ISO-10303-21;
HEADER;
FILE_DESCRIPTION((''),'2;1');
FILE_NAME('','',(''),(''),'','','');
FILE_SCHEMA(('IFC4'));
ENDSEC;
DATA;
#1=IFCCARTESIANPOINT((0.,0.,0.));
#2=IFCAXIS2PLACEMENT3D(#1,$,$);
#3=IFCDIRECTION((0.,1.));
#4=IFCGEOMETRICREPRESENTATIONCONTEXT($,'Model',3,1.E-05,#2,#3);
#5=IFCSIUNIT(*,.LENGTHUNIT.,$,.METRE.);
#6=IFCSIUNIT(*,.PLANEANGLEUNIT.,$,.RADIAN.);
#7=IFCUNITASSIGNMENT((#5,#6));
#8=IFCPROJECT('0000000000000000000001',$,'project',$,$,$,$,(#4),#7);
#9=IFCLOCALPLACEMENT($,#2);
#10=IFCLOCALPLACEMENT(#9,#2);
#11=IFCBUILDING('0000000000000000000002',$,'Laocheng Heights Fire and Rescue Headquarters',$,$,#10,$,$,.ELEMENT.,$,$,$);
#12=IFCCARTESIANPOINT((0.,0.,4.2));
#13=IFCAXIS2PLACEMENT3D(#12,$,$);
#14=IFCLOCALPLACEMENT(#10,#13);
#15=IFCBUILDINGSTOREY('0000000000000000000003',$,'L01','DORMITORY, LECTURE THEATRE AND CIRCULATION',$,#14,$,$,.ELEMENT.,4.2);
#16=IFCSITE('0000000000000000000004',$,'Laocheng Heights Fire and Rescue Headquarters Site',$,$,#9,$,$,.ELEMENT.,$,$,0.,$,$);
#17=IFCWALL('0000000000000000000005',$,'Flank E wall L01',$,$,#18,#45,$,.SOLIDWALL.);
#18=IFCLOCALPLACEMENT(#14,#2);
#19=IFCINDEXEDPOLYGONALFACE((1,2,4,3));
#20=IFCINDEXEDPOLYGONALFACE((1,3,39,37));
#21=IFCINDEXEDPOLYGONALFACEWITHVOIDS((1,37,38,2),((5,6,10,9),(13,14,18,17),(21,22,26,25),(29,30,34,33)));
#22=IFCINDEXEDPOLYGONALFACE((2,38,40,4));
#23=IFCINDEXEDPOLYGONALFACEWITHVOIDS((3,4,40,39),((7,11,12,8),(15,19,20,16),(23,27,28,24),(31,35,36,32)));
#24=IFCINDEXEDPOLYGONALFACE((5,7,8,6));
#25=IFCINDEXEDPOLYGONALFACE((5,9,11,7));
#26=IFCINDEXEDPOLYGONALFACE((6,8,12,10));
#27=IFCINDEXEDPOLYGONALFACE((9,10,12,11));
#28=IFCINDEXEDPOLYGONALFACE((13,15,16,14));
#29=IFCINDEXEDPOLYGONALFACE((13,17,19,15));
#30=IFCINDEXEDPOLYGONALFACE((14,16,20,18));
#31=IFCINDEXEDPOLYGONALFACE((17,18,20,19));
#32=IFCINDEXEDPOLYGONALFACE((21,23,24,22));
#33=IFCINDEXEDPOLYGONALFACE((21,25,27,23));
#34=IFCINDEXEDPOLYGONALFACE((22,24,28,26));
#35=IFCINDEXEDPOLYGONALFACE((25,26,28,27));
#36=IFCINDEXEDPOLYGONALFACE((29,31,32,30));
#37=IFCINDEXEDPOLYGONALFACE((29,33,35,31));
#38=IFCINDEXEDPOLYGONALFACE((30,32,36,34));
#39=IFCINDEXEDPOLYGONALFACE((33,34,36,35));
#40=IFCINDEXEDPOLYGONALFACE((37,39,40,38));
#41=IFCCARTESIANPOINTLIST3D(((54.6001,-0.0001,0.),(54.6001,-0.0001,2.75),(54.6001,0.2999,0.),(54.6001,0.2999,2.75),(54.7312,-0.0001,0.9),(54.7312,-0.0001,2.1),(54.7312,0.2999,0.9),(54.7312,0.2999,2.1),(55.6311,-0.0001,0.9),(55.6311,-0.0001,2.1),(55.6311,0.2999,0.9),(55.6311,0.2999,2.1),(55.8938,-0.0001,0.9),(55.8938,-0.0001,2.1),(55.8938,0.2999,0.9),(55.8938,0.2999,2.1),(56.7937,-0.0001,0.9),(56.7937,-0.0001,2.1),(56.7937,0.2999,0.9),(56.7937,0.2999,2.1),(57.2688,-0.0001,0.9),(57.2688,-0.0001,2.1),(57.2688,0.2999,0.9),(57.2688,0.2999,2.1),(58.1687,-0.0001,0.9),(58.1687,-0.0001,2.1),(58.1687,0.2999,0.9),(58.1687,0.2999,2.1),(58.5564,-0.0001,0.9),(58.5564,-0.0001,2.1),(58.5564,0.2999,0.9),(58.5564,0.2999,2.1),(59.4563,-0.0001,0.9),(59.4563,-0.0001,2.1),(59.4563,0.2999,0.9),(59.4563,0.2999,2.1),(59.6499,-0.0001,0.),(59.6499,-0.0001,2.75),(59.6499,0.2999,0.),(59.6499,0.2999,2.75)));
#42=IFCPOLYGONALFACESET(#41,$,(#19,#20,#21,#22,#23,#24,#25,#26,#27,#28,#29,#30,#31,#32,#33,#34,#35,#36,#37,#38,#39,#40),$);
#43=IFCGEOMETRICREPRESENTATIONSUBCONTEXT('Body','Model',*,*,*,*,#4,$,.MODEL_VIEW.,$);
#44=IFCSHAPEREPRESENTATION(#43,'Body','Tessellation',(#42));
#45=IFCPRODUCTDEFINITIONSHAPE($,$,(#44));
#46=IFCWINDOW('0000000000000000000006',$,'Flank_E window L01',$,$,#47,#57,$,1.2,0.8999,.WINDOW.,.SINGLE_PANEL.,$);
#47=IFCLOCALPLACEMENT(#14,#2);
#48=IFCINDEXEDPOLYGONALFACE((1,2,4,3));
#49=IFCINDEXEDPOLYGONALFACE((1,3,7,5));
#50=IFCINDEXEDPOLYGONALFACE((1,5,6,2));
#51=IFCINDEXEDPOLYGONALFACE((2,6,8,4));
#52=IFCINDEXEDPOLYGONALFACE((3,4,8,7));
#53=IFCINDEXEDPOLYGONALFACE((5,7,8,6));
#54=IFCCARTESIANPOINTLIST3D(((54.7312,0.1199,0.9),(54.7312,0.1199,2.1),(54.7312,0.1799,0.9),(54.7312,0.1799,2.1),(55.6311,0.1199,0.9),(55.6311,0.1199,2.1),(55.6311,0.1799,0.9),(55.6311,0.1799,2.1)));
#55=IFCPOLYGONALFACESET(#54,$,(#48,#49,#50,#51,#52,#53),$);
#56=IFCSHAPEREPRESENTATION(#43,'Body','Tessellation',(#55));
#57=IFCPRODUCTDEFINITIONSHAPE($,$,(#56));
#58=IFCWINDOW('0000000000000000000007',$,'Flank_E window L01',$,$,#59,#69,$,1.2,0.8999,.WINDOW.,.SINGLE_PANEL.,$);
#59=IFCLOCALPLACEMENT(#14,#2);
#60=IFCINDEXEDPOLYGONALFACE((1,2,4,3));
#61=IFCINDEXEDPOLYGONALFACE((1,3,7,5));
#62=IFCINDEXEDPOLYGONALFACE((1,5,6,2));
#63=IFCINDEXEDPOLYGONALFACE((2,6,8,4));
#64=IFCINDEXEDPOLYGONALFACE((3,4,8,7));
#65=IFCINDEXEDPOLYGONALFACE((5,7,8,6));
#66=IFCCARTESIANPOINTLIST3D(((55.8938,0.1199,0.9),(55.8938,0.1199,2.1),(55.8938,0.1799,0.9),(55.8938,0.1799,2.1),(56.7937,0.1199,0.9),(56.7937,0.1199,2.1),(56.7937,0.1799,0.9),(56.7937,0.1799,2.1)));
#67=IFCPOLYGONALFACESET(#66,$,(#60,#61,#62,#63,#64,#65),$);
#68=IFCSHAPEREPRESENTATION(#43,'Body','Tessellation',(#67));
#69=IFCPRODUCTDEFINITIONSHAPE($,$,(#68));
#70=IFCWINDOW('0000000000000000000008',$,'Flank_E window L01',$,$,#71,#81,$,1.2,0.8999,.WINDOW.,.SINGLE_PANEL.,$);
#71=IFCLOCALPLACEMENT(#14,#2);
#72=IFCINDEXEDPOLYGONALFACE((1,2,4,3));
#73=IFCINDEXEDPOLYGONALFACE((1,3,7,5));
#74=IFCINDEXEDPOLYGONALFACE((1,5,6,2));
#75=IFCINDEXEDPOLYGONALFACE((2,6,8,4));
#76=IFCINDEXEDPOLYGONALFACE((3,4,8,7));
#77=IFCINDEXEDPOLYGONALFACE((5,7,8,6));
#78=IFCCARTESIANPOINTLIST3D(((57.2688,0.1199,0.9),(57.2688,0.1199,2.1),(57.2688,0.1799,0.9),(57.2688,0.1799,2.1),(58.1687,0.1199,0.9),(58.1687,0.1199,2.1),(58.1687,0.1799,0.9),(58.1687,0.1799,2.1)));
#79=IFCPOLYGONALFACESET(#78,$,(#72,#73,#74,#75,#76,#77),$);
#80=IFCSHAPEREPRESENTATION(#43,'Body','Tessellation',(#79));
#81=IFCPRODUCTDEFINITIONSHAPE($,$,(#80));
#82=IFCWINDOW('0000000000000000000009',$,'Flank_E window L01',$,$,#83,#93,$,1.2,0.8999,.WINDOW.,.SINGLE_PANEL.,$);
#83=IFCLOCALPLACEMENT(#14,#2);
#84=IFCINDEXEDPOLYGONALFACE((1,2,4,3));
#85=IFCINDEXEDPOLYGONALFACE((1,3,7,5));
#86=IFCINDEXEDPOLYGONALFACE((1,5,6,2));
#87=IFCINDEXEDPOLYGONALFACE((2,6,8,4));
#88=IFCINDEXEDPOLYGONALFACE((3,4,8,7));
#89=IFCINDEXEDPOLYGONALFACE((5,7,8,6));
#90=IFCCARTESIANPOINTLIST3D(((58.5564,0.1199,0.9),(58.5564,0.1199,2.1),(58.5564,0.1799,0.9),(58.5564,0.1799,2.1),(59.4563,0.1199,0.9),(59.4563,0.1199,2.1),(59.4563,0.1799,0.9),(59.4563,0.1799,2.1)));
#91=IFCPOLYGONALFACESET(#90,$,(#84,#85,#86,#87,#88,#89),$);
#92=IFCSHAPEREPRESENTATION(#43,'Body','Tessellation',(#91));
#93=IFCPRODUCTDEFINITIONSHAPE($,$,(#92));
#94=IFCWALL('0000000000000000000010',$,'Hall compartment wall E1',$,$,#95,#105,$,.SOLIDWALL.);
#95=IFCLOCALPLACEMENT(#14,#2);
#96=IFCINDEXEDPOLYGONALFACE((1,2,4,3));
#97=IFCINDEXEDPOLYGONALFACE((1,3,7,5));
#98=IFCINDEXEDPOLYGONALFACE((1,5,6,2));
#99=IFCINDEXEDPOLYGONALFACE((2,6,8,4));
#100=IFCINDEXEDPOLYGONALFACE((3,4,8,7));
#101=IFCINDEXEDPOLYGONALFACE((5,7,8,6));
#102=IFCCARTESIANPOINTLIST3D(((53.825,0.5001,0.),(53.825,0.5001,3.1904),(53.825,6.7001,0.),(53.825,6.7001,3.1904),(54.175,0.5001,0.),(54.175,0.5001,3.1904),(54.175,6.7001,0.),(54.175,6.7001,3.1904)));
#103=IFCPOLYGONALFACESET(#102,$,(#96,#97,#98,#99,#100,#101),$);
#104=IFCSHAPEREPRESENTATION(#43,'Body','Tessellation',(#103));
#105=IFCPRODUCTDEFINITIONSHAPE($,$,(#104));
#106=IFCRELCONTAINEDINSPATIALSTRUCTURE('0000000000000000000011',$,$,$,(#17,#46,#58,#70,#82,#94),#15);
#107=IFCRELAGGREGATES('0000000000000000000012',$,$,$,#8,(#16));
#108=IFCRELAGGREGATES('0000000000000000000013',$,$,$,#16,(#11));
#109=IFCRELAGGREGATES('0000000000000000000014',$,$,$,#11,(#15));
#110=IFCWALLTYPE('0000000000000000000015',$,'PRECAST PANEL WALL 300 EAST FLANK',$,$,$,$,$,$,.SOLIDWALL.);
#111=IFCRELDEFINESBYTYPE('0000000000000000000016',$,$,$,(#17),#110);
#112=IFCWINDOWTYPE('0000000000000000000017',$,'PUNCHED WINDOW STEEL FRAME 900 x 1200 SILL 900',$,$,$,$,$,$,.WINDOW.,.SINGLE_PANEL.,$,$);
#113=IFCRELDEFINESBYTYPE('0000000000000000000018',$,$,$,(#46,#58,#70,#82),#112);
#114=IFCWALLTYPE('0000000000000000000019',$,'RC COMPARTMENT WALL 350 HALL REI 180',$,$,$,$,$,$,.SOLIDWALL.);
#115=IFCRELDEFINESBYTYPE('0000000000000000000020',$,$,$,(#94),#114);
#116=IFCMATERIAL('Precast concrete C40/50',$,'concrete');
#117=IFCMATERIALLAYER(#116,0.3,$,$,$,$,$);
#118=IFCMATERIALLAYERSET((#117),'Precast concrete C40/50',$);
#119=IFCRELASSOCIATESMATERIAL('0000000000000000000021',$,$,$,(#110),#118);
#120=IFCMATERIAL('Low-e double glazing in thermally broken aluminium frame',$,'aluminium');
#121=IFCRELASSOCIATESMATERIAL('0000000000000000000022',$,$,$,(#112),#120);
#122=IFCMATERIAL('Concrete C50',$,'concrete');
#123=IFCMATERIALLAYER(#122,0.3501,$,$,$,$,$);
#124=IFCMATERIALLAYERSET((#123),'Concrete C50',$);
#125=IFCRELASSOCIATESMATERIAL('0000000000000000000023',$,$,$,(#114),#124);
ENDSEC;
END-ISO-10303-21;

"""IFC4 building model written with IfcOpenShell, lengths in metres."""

from ifc_helpers import new_model, si_unit, direction, frame, frame_2d, origin, place, context, subcontext, project, spatial, rectangle, extrude, material, layer, layer_set, type_object, element, fill, save


model = new_model("IFC4")

# Units and contexts
model_context = context("Model", 3, precision=1e-05, world=origin(), true_north=direction((0.0, 1.0)))
body_context = subcontext(model_context, "Body", "Model", "MODEL_VIEW")
ifc_project = project(units=[si_unit("LENGTHUNIT", "METRE"), si_unit("PLANEANGLEUNIT", "RADIAN")], contexts=[model_context])

# Site, building, storey
site_placement = place(None, origin())
site = spatial("IfcSite", under=ifc_project, at=site_placement, Name="Laocheng Heights Fire and Rescue Headquarters Site", CompositionType="ELEMENT", RefElevation=0.0)
building_placement = place(site_placement, origin())
building = spatial("IfcBuilding", under=site, at=building_placement, Name="Laocheng Heights Fire and Rescue Headquarters", CompositionType="ELEMENT")
storey_placement = place(building_placement, frame((0.0, 0.0, 4.2)))
storey = spatial("IfcBuildingStorey", under=building, at=storey_placement, Name="L01", Description="DORMITORY, LECTURE THEATRE AND CIRCULATION", CompositionType="ELEMENT", Elevation=4.2)

# Wall, openings, windows
ifc_material_1 = material(Name="Precast concrete C40/50", Category="concrete")
ifc_layer_1 = layer(ifc_material_1, 0.3)
ifc_layer_set_1 = layer_set([ifc_layer_1], Name="Precast concrete C40/50")
wall_type_1 = type_object("IfcWallType", Name="PRECAST PANEL WALL 300 EAST FLANK", PredefinedType="SOLIDWALL", material=ifc_layer_set_1)
wall_1_placement = place(storey_placement, frame((54.6001, 0.1499, 0.0), z_axis=(0.0, 0.0, 1.0), x_axis=(1.0, 0.0, 0.0)))
wall_1 = element("IfcWall", 1, at=wall_1_placement, inside=storey, type_object=wall_type_1, Name="Flank E wall L01", PredefinedType="SOLIDWALL", context=body_context, shape_type="SweptSolid", body=[
    extrude(rectangle(XDim=5.0498, YDim=0.3, at=frame_2d((2.5249, 0.0))), origin(), (0.0, 0.0, 1.0), 2.75),
])
opening_1_placement = place(wall_1_placement, frame((0.1311, 0.0, 0.8999)))
opening_1 = element("IfcOpeningElement", 2, at=opening_1_placement, cuts=wall_1, PredefinedType="OPENING", context=body_context, shape_type="SweptSolid", body=[
    extrude(rectangle(XDim=0.8999, YDim=1.2, at=frame_2d((0.45, 0.6001))), frame((0.0, 0.1599, 0.0), z_axis=(0.0, -1.0, 0.0), x_axis=(1.0, 0.0, 0.0)), (0.0, 0.0, 1.0), 0.3201),
])
opening_2_placement = place(wall_1_placement, frame((1.2937, 0.0, 0.8999)))
opening_2 = element("IfcOpeningElement", 3, at=opening_2_placement, cuts=wall_1, PredefinedType="OPENING", context=body_context, shape_type="SweptSolid", body=[
    extrude(rectangle(XDim=0.8999, YDim=1.2, at=frame_2d((0.45, 0.6001))), frame((0.0, 0.1599, 0.0), z_axis=(0.0, -1.0, 0.0), x_axis=(1.0, 0.0, 0.0)), (0.0, 0.0, 1.0), 0.3201),
])
opening_3_placement = place(wall_1_placement, frame((2.6687, 0.0, 0.8999)))
opening_3 = element("IfcOpeningElement", 4, at=opening_3_placement, cuts=wall_1, PredefinedType="OPENING", context=body_context, shape_type="SweptSolid", body=[
    extrude(rectangle(XDim=0.8999, YDim=1.2, at=frame_2d((0.45, 0.6001))), frame((0.0, 0.1599, 0.0), z_axis=(0.0, -1.0, 0.0), x_axis=(1.0, 0.0, 0.0)), (0.0, 0.0, 1.0), 0.3201),
])
opening_4_placement = place(wall_1_placement, frame((3.9563, 0.0, 0.8999)))
opening_4 = element("IfcOpeningElement", 5, at=opening_4_placement, cuts=wall_1, PredefinedType="OPENING", context=body_context, shape_type="SweptSolid", body=[
    extrude(rectangle(XDim=0.8999, YDim=1.2, at=frame_2d((0.45, 0.6001))), frame((0.0, 0.1599, 0.0), z_axis=(0.0, -1.0, 0.0), x_axis=(1.0, 0.0, 0.0)), (0.0, 0.0, 1.0), 0.3201),
])
ifc_material_2 = material(Name="Low-e double glazing in thermally broken aluminium frame", Category="aluminium")
window_type = type_object("IfcWindowType", Name="PUNCHED WINDOW STEEL FRAME 900 x 1200 SILL 900", PartitioningType="SINGLE_PANEL", PredefinedType="WINDOW", material=ifc_material_2)
window_1_placement = place(opening_1_placement, origin())
window_1 = element("IfcWindow", 6, at=window_1_placement, inside=storey, type_object=window_type, Name="Flank_E window L01", OverallHeight=1.2, OverallWidth=0.8999, PartitioningType="SINGLE_PANEL", PredefinedType="WINDOW", context=body_context, shape_type="SweptSolid", body=[
    extrude(rectangle(XDim=0.8999, YDim=1.2, at=frame_2d((0.45, 0.6001))), frame((0.0, 0.03, 0.0), z_axis=(0.0, -1.0, 0.0), x_axis=(1.0, 0.0, 0.0)), (0.0, 0.0, 1.0), 0.0601),
])
fill(opening_1, window_1)
window_2_placement = place(opening_2_placement, origin())
window_2 = element("IfcWindow", 7, at=window_2_placement, inside=storey, type_object=window_type, Name="Flank_E window L01", OverallHeight=1.2, OverallWidth=0.8999, PartitioningType="SINGLE_PANEL", PredefinedType="WINDOW", context=body_context, shape_type="SweptSolid", body=[
    extrude(rectangle(XDim=0.8999, YDim=1.2, at=frame_2d((0.45, 0.6001))), frame((0.0, 0.03, 0.0), z_axis=(0.0, -1.0, 0.0), x_axis=(1.0, 0.0, 0.0)), (0.0, 0.0, 1.0), 0.0601),
])
fill(opening_2, window_2)
window_3_placement = place(opening_3_placement, origin())
window_3 = element("IfcWindow", 8, at=window_3_placement, inside=storey, type_object=window_type, Name="Flank_E window L01", OverallHeight=1.2, OverallWidth=0.8999, PartitioningType="SINGLE_PANEL", PredefinedType="WINDOW", context=body_context, shape_type="SweptSolid", body=[
    extrude(rectangle(XDim=0.8999, YDim=1.2, at=frame_2d((0.45, 0.6001))), frame((0.0, 0.03, 0.0), z_axis=(0.0, -1.0, 0.0), x_axis=(1.0, 0.0, 0.0)), (0.0, 0.0, 1.0), 0.0601),
])
fill(opening_3, window_3)
window_4_placement = place(opening_4_placement, origin())
window_4 = element("IfcWindow", 9, at=window_4_placement, inside=storey, type_object=window_type, Name="Flank_E window L01", OverallHeight=1.2, OverallWidth=0.8999, PartitioningType="SINGLE_PANEL", PredefinedType="WINDOW", context=body_context, shape_type="SweptSolid", body=[
    extrude(rectangle(XDim=0.8999, YDim=1.2, at=frame_2d((0.45, 0.6001))), frame((0.0, 0.03, 0.0), z_axis=(0.0, -1.0, 0.0), x_axis=(1.0, 0.0, 0.0)), (0.0, 0.0, 1.0), 0.0601),
])
fill(opening_4, window_4)

# Wall
ifc_material_3 = material(Name="Concrete C50", Category="concrete")
ifc_layer_2 = layer(ifc_material_3, 0.3501)
ifc_layer_set_2 = layer_set([ifc_layer_2], Name="Concrete C50")
wall_type_2 = type_object("IfcWallType", Name="RC COMPARTMENT WALL 350 HALL REI 180", PredefinedType="SOLIDWALL", material=ifc_layer_set_2)
wall_2_placement = place(storey_placement, frame((54.0, 0.5, 0.0), z_axis=(0.0, 0.0, 1.0), x_axis=(0.0, 1.0, 0.0)))
element("IfcWall", 10, at=wall_2_placement, inside=storey, type_object=wall_type_2, Name="Hall compartment wall E1", PredefinedType="SOLIDWALL", context=body_context, shape_type="SweptSolid", body=[
    extrude(rectangle(XDim=6.2, YDim=0.3501, at=frame_2d((3.1001, 0.0))), origin(), (0.0, 0.0, 1.0), 3.1904),
])

save(model, "model.ifc")
